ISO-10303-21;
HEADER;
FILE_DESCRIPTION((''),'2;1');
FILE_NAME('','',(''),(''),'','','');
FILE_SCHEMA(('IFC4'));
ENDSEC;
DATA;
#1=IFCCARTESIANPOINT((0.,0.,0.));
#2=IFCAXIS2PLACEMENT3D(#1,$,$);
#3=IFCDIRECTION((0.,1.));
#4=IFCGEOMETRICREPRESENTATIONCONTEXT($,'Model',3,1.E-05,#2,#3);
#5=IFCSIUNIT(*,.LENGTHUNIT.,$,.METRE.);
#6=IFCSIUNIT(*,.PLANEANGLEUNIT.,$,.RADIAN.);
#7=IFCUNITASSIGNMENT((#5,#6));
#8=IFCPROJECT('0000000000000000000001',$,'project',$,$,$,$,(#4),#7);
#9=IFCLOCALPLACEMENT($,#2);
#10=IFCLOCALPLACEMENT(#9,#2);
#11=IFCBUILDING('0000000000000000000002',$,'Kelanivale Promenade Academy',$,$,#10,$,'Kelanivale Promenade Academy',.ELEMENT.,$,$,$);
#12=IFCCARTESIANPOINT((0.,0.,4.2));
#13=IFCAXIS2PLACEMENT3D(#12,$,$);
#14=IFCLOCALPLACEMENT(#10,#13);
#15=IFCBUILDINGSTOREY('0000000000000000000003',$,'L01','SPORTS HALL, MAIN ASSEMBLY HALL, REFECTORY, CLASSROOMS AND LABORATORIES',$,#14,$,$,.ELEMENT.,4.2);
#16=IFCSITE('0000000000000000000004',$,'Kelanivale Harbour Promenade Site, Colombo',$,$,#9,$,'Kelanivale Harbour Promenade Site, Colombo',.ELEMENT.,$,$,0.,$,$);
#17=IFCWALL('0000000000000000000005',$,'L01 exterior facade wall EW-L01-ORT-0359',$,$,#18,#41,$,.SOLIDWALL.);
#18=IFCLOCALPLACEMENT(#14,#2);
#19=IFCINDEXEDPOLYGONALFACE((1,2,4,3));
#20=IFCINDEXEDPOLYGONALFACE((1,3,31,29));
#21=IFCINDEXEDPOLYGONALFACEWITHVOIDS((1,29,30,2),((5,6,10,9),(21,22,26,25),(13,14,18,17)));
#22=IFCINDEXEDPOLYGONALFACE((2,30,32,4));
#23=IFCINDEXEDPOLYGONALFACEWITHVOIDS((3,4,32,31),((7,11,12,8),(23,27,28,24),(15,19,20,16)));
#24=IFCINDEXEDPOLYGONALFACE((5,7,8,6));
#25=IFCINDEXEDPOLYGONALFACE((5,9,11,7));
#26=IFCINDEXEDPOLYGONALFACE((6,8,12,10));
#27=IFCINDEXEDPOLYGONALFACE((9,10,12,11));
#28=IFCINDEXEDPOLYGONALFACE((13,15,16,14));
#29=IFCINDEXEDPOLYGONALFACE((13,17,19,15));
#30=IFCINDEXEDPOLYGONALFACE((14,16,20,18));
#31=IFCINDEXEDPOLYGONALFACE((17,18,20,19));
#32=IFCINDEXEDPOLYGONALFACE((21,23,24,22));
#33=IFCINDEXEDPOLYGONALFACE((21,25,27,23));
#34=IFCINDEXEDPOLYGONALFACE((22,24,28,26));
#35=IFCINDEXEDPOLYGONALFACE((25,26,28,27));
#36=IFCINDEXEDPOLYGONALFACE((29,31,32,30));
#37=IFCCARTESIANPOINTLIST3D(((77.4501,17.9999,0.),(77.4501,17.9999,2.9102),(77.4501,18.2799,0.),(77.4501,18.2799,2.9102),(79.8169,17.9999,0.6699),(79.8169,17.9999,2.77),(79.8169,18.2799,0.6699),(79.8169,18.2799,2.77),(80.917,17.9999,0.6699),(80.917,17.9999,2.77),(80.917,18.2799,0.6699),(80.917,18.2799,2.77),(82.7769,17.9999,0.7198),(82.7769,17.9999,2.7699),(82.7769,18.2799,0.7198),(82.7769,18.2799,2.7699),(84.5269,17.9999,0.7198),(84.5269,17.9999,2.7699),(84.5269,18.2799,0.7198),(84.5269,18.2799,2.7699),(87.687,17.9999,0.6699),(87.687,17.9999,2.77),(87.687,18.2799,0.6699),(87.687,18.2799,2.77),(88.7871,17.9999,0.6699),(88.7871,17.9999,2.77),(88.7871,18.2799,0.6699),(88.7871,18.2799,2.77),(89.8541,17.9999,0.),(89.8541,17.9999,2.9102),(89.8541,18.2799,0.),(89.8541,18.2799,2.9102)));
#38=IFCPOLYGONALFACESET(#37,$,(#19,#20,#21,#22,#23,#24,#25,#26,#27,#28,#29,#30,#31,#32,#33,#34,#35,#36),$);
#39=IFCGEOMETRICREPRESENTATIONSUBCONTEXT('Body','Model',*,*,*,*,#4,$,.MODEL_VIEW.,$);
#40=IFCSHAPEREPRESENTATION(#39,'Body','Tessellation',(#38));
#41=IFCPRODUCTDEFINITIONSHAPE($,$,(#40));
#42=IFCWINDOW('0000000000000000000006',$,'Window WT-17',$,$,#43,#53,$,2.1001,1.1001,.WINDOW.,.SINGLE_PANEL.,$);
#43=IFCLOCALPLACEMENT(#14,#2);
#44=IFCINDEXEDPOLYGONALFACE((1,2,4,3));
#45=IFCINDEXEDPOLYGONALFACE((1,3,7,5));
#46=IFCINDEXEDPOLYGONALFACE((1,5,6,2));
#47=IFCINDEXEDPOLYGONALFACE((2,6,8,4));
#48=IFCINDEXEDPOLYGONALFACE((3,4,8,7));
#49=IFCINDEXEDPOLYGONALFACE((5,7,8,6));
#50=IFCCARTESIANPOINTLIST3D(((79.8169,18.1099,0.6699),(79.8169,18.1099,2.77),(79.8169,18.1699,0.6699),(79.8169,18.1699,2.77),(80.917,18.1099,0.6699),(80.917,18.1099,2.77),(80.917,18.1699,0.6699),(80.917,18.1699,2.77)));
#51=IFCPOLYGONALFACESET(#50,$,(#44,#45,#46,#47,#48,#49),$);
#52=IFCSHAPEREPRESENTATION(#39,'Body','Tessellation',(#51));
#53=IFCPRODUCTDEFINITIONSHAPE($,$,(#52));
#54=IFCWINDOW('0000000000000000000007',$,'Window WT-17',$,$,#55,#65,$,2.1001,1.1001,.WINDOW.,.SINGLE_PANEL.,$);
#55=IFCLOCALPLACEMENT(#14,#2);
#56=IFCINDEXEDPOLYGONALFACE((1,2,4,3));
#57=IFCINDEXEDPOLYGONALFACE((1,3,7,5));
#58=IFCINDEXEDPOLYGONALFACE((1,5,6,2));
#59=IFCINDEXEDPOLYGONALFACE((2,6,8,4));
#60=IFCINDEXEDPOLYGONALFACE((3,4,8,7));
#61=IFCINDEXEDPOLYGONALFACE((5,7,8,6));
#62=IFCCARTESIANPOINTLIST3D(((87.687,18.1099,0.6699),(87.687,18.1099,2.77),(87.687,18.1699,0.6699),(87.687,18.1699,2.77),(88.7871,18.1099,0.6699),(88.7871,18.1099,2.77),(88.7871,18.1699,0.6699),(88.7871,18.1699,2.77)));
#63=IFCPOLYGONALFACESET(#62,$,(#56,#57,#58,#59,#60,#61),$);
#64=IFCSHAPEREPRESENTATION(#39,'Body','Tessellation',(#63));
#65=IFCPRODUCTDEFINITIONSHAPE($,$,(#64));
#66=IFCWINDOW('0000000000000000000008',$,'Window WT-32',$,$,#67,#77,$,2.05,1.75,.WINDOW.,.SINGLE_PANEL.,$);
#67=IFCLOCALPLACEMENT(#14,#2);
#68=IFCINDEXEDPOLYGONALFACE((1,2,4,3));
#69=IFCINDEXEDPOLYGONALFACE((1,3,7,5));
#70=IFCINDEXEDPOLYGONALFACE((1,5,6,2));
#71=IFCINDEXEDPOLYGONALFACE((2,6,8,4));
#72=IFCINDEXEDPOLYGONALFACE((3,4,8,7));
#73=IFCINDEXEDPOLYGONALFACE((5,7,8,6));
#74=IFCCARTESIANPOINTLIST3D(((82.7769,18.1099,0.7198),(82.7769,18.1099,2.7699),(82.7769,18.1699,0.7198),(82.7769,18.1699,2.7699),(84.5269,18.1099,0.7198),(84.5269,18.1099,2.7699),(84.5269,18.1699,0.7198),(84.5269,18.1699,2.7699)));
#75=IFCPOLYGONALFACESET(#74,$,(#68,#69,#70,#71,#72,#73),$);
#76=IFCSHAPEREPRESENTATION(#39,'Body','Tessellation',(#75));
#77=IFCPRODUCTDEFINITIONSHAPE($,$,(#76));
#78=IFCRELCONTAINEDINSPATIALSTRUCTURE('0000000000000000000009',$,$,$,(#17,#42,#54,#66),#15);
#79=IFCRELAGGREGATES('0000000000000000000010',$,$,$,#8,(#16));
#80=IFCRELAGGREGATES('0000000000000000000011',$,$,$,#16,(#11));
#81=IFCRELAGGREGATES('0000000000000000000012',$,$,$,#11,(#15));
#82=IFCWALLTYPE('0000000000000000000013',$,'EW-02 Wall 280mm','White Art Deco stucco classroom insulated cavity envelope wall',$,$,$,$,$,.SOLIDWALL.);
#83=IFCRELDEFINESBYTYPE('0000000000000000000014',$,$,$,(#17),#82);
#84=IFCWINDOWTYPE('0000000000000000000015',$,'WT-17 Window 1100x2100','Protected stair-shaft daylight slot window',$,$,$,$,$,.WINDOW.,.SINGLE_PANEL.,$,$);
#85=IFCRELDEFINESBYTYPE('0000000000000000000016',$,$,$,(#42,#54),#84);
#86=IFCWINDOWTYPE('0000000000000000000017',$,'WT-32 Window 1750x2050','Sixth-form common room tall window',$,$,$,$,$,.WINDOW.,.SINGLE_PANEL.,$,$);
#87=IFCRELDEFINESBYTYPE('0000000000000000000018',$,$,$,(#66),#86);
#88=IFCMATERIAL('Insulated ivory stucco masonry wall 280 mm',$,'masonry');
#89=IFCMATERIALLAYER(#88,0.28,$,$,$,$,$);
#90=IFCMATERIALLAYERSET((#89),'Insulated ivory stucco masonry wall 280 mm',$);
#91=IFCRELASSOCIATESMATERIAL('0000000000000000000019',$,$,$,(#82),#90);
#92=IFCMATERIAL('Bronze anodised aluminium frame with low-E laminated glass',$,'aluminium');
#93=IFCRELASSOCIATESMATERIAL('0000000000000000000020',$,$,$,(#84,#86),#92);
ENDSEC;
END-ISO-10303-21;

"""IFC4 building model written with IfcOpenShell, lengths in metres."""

from ifc_helpers import new_model, si_unit, direction, frame, frame_2d, origin, place, context, subcontext, project, spatial, rectangle, extrude, material, layer, layer_set, type_object, element, fill, save


model = new_model("IFC4")

# Units and contexts
model_context = context("Model", 3, precision=1e-05, world=origin(), true_north=direction((0.0, 1.0)))
body_context = subcontext(model_context, "Body", "Model", "MODEL_VIEW")
ifc_project = project(units=[si_unit("LENGTHUNIT", "METRE"), si_unit("PLANEANGLEUNIT", "RADIAN")], contexts=[model_context])

# Site, building, storey
site_placement = place(None, origin())
site = spatial("IfcSite", under=ifc_project, at=site_placement, Name="Kelanivale Harbour Promenade Site, Colombo", LongName="Kelanivale Harbour Promenade Site, Colombo", CompositionType="ELEMENT", RefElevation=0.0)
building_placement = place(site_placement, origin())
building = spatial("IfcBuilding", under=site, at=building_placement, Name="Kelanivale Promenade Academy", LongName="Kelanivale Promenade Academy", CompositionType="ELEMENT")
storey_placement = place(building_placement, frame((0.0, 0.0, 4.2)))
storey = spatial("IfcBuildingStorey", under=building, at=storey_placement, Name="L01", Description="SPORTS HALL, MAIN ASSEMBLY HALL, REFECTORY, CLASSROOMS AND LABORATORIES", CompositionType="ELEMENT", Elevation=4.2)

# Wall, openings, windows
ifc_material_1 = material(Name="Insulated ivory stucco masonry wall 280 mm", Category="masonry")
ifc_layer = layer(ifc_material_1, 0.28)
ifc_layer_set = layer_set([ifc_layer], Name="Insulated ivory stucco masonry wall 280 mm")
wall_type = type_object("IfcWallType", Name="EW-02 Wall 280mm", Description="White Art Deco stucco classroom insulated cavity envelope wall", PredefinedType="SOLIDWALL", material=ifc_layer_set)
wall_placement = place(storey_placement, frame((77.45, 18.1399, 0.0), z_axis=(0.0, 0.0, 1.0), x_axis=(1.0, 0.0, 0.0)))
wall = element("IfcWall", 1, at=wall_placement, inside=storey, type_object=wall_type, Name="L01 exterior facade wall EW-L01-ORT-0359", PredefinedType="SOLIDWALL", context=body_context, shape_type="SweptSolid", body=[
    extrude(rectangle(XDim=12.4041, YDim=0.28, at=frame_2d((6.2021, 0.0))), origin(), (0.0, 0.0, 1.0), 2.9102),
])
opening_1_placement = place(wall_placement, frame((2.3669, 0.0, 0.6699)))
opening_1 = element("IfcOpeningElement", 2, at=opening_1_placement, cuts=wall, PredefinedType="OPENING", context=body_context, shape_type="SweptSolid", body=[
    extrude(rectangle(XDim=1.1001, YDim=2.1001, at=frame_2d((0.55, 1.05))), frame((0.0, 0.1499, 0.0), z_axis=(0.0, -1.0, 0.0), x_axis=(1.0, 0.0, 0.0)), (0.0, 0.0, 1.0), 0.3),
])
opening_2_placement = place(wall_placement, frame((5.3269, 0.0, 0.72)))
opening_2 = element("IfcOpeningElement", 3, at=opening_2_placement, cuts=wall, PredefinedType="OPENING", context=body_context, shape_type="SweptSolid", body=[
    extrude(rectangle(XDim=1.75, YDim=2.05, at=frame_2d((0.875, 1.0249))), frame((0.0, 0.1499, 0.0), z_axis=(0.0, -1.0, 0.0), x_axis=(1.0, 0.0, 0.0)), (0.0, 0.0, 1.0), 0.3),
])
opening_3_placement = place(wall_placement, frame((10.2371, 0.0, 0.6699)))
opening_3 = element("IfcOpeningElement", 4, at=opening_3_placement, cuts=wall, PredefinedType="OPENING", context=body_context, shape_type="SweptSolid", body=[
    extrude(rectangle(XDim=1.1001, YDim=2.1001, at=frame_2d((0.55, 1.05))), frame((0.0, 0.1499, 0.0), z_axis=(0.0, -1.0, 0.0), x_axis=(1.0, 0.0, 0.0)), (0.0, 0.0, 1.0), 0.3),
])
ifc_material_2 = material(Name="Bronze anodised aluminium frame with low-E laminated glass", Category="aluminium")
window_type_1 = type_object("IfcWindowType", Name="WT-17 Window 1100x2100", Description="Protected stair-shaft daylight slot window", PartitioningType="SINGLE_PANEL", PredefinedType="WINDOW", material=ifc_material_2)
window_1_placement = place(opening_1_placement, origin())
window_1 = element("IfcWindow", 5, at=window_1_placement, inside=storey, type_object=window_type_1, Name="Window WT-17", OverallHeight=2.1001, OverallWidth=1.1001, PartitioningType="SINGLE_PANEL", PredefinedType="WINDOW", context=body_context, shape_type="SweptSolid", body=[
    extrude(rectangle(XDim=1.1001, YDim=2.1001, at=frame_2d((0.55, 1.05))), frame((0.0, 0.03, 0.0), z_axis=(0.0, -1.0, 0.0), x_axis=(1.0, 0.0, 0.0)), (0.0, 0.0, 1.0), 0.0601),
])
fill(opening_1, window_1)
window_2_placement = place(opening_3_placement, origin())
window_2 = element("IfcWindow", 6, at=window_2_placement, inside=storey, type_object=window_type_1, Name="Window WT-17", OverallHeight=2.1001, OverallWidth=1.1001, PartitioningType="SINGLE_PANEL", PredefinedType="WINDOW", context=body_context, shape_type="SweptSolid", body=[
    extrude(rectangle(XDim=1.1001, YDim=2.1001, at=frame_2d((0.55, 1.05))), frame((0.0, 0.03, 0.0), z_axis=(0.0, -1.0, 0.0), x_axis=(1.0, 0.0, 0.0)), (0.0, 0.0, 1.0), 0.0601),
])
fill(opening_3, window_2)
window_type_2 = type_object("IfcWindowType", Name="WT-32 Window 1750x2050", Description="Sixth-form common room tall window", PartitioningType="SINGLE_PANEL", PredefinedType="WINDOW", material=ifc_material_2)
window_3_placement = place(opening_2_placement, origin())
window_3 = element("IfcWindow", 7, at=window_3_placement, inside=storey, type_object=window_type_2, Name="Window WT-32", OverallHeight=2.05, OverallWidth=1.75, PartitioningType="SINGLE_PANEL", PredefinedType="WINDOW", context=body_context, shape_type="SweptSolid", body=[
    extrude(rectangle(XDim=1.75, YDim=2.05, at=frame_2d((0.875, 1.0249))), frame((0.0, 0.03, 0.0), z_axis=(0.0, -1.0, 0.0), x_axis=(1.0, 0.0, 0.0)), (0.0, 0.0, 1.0), 0.0601),
])
fill(opening_2, window_3)

save(model, "model.ifc")
